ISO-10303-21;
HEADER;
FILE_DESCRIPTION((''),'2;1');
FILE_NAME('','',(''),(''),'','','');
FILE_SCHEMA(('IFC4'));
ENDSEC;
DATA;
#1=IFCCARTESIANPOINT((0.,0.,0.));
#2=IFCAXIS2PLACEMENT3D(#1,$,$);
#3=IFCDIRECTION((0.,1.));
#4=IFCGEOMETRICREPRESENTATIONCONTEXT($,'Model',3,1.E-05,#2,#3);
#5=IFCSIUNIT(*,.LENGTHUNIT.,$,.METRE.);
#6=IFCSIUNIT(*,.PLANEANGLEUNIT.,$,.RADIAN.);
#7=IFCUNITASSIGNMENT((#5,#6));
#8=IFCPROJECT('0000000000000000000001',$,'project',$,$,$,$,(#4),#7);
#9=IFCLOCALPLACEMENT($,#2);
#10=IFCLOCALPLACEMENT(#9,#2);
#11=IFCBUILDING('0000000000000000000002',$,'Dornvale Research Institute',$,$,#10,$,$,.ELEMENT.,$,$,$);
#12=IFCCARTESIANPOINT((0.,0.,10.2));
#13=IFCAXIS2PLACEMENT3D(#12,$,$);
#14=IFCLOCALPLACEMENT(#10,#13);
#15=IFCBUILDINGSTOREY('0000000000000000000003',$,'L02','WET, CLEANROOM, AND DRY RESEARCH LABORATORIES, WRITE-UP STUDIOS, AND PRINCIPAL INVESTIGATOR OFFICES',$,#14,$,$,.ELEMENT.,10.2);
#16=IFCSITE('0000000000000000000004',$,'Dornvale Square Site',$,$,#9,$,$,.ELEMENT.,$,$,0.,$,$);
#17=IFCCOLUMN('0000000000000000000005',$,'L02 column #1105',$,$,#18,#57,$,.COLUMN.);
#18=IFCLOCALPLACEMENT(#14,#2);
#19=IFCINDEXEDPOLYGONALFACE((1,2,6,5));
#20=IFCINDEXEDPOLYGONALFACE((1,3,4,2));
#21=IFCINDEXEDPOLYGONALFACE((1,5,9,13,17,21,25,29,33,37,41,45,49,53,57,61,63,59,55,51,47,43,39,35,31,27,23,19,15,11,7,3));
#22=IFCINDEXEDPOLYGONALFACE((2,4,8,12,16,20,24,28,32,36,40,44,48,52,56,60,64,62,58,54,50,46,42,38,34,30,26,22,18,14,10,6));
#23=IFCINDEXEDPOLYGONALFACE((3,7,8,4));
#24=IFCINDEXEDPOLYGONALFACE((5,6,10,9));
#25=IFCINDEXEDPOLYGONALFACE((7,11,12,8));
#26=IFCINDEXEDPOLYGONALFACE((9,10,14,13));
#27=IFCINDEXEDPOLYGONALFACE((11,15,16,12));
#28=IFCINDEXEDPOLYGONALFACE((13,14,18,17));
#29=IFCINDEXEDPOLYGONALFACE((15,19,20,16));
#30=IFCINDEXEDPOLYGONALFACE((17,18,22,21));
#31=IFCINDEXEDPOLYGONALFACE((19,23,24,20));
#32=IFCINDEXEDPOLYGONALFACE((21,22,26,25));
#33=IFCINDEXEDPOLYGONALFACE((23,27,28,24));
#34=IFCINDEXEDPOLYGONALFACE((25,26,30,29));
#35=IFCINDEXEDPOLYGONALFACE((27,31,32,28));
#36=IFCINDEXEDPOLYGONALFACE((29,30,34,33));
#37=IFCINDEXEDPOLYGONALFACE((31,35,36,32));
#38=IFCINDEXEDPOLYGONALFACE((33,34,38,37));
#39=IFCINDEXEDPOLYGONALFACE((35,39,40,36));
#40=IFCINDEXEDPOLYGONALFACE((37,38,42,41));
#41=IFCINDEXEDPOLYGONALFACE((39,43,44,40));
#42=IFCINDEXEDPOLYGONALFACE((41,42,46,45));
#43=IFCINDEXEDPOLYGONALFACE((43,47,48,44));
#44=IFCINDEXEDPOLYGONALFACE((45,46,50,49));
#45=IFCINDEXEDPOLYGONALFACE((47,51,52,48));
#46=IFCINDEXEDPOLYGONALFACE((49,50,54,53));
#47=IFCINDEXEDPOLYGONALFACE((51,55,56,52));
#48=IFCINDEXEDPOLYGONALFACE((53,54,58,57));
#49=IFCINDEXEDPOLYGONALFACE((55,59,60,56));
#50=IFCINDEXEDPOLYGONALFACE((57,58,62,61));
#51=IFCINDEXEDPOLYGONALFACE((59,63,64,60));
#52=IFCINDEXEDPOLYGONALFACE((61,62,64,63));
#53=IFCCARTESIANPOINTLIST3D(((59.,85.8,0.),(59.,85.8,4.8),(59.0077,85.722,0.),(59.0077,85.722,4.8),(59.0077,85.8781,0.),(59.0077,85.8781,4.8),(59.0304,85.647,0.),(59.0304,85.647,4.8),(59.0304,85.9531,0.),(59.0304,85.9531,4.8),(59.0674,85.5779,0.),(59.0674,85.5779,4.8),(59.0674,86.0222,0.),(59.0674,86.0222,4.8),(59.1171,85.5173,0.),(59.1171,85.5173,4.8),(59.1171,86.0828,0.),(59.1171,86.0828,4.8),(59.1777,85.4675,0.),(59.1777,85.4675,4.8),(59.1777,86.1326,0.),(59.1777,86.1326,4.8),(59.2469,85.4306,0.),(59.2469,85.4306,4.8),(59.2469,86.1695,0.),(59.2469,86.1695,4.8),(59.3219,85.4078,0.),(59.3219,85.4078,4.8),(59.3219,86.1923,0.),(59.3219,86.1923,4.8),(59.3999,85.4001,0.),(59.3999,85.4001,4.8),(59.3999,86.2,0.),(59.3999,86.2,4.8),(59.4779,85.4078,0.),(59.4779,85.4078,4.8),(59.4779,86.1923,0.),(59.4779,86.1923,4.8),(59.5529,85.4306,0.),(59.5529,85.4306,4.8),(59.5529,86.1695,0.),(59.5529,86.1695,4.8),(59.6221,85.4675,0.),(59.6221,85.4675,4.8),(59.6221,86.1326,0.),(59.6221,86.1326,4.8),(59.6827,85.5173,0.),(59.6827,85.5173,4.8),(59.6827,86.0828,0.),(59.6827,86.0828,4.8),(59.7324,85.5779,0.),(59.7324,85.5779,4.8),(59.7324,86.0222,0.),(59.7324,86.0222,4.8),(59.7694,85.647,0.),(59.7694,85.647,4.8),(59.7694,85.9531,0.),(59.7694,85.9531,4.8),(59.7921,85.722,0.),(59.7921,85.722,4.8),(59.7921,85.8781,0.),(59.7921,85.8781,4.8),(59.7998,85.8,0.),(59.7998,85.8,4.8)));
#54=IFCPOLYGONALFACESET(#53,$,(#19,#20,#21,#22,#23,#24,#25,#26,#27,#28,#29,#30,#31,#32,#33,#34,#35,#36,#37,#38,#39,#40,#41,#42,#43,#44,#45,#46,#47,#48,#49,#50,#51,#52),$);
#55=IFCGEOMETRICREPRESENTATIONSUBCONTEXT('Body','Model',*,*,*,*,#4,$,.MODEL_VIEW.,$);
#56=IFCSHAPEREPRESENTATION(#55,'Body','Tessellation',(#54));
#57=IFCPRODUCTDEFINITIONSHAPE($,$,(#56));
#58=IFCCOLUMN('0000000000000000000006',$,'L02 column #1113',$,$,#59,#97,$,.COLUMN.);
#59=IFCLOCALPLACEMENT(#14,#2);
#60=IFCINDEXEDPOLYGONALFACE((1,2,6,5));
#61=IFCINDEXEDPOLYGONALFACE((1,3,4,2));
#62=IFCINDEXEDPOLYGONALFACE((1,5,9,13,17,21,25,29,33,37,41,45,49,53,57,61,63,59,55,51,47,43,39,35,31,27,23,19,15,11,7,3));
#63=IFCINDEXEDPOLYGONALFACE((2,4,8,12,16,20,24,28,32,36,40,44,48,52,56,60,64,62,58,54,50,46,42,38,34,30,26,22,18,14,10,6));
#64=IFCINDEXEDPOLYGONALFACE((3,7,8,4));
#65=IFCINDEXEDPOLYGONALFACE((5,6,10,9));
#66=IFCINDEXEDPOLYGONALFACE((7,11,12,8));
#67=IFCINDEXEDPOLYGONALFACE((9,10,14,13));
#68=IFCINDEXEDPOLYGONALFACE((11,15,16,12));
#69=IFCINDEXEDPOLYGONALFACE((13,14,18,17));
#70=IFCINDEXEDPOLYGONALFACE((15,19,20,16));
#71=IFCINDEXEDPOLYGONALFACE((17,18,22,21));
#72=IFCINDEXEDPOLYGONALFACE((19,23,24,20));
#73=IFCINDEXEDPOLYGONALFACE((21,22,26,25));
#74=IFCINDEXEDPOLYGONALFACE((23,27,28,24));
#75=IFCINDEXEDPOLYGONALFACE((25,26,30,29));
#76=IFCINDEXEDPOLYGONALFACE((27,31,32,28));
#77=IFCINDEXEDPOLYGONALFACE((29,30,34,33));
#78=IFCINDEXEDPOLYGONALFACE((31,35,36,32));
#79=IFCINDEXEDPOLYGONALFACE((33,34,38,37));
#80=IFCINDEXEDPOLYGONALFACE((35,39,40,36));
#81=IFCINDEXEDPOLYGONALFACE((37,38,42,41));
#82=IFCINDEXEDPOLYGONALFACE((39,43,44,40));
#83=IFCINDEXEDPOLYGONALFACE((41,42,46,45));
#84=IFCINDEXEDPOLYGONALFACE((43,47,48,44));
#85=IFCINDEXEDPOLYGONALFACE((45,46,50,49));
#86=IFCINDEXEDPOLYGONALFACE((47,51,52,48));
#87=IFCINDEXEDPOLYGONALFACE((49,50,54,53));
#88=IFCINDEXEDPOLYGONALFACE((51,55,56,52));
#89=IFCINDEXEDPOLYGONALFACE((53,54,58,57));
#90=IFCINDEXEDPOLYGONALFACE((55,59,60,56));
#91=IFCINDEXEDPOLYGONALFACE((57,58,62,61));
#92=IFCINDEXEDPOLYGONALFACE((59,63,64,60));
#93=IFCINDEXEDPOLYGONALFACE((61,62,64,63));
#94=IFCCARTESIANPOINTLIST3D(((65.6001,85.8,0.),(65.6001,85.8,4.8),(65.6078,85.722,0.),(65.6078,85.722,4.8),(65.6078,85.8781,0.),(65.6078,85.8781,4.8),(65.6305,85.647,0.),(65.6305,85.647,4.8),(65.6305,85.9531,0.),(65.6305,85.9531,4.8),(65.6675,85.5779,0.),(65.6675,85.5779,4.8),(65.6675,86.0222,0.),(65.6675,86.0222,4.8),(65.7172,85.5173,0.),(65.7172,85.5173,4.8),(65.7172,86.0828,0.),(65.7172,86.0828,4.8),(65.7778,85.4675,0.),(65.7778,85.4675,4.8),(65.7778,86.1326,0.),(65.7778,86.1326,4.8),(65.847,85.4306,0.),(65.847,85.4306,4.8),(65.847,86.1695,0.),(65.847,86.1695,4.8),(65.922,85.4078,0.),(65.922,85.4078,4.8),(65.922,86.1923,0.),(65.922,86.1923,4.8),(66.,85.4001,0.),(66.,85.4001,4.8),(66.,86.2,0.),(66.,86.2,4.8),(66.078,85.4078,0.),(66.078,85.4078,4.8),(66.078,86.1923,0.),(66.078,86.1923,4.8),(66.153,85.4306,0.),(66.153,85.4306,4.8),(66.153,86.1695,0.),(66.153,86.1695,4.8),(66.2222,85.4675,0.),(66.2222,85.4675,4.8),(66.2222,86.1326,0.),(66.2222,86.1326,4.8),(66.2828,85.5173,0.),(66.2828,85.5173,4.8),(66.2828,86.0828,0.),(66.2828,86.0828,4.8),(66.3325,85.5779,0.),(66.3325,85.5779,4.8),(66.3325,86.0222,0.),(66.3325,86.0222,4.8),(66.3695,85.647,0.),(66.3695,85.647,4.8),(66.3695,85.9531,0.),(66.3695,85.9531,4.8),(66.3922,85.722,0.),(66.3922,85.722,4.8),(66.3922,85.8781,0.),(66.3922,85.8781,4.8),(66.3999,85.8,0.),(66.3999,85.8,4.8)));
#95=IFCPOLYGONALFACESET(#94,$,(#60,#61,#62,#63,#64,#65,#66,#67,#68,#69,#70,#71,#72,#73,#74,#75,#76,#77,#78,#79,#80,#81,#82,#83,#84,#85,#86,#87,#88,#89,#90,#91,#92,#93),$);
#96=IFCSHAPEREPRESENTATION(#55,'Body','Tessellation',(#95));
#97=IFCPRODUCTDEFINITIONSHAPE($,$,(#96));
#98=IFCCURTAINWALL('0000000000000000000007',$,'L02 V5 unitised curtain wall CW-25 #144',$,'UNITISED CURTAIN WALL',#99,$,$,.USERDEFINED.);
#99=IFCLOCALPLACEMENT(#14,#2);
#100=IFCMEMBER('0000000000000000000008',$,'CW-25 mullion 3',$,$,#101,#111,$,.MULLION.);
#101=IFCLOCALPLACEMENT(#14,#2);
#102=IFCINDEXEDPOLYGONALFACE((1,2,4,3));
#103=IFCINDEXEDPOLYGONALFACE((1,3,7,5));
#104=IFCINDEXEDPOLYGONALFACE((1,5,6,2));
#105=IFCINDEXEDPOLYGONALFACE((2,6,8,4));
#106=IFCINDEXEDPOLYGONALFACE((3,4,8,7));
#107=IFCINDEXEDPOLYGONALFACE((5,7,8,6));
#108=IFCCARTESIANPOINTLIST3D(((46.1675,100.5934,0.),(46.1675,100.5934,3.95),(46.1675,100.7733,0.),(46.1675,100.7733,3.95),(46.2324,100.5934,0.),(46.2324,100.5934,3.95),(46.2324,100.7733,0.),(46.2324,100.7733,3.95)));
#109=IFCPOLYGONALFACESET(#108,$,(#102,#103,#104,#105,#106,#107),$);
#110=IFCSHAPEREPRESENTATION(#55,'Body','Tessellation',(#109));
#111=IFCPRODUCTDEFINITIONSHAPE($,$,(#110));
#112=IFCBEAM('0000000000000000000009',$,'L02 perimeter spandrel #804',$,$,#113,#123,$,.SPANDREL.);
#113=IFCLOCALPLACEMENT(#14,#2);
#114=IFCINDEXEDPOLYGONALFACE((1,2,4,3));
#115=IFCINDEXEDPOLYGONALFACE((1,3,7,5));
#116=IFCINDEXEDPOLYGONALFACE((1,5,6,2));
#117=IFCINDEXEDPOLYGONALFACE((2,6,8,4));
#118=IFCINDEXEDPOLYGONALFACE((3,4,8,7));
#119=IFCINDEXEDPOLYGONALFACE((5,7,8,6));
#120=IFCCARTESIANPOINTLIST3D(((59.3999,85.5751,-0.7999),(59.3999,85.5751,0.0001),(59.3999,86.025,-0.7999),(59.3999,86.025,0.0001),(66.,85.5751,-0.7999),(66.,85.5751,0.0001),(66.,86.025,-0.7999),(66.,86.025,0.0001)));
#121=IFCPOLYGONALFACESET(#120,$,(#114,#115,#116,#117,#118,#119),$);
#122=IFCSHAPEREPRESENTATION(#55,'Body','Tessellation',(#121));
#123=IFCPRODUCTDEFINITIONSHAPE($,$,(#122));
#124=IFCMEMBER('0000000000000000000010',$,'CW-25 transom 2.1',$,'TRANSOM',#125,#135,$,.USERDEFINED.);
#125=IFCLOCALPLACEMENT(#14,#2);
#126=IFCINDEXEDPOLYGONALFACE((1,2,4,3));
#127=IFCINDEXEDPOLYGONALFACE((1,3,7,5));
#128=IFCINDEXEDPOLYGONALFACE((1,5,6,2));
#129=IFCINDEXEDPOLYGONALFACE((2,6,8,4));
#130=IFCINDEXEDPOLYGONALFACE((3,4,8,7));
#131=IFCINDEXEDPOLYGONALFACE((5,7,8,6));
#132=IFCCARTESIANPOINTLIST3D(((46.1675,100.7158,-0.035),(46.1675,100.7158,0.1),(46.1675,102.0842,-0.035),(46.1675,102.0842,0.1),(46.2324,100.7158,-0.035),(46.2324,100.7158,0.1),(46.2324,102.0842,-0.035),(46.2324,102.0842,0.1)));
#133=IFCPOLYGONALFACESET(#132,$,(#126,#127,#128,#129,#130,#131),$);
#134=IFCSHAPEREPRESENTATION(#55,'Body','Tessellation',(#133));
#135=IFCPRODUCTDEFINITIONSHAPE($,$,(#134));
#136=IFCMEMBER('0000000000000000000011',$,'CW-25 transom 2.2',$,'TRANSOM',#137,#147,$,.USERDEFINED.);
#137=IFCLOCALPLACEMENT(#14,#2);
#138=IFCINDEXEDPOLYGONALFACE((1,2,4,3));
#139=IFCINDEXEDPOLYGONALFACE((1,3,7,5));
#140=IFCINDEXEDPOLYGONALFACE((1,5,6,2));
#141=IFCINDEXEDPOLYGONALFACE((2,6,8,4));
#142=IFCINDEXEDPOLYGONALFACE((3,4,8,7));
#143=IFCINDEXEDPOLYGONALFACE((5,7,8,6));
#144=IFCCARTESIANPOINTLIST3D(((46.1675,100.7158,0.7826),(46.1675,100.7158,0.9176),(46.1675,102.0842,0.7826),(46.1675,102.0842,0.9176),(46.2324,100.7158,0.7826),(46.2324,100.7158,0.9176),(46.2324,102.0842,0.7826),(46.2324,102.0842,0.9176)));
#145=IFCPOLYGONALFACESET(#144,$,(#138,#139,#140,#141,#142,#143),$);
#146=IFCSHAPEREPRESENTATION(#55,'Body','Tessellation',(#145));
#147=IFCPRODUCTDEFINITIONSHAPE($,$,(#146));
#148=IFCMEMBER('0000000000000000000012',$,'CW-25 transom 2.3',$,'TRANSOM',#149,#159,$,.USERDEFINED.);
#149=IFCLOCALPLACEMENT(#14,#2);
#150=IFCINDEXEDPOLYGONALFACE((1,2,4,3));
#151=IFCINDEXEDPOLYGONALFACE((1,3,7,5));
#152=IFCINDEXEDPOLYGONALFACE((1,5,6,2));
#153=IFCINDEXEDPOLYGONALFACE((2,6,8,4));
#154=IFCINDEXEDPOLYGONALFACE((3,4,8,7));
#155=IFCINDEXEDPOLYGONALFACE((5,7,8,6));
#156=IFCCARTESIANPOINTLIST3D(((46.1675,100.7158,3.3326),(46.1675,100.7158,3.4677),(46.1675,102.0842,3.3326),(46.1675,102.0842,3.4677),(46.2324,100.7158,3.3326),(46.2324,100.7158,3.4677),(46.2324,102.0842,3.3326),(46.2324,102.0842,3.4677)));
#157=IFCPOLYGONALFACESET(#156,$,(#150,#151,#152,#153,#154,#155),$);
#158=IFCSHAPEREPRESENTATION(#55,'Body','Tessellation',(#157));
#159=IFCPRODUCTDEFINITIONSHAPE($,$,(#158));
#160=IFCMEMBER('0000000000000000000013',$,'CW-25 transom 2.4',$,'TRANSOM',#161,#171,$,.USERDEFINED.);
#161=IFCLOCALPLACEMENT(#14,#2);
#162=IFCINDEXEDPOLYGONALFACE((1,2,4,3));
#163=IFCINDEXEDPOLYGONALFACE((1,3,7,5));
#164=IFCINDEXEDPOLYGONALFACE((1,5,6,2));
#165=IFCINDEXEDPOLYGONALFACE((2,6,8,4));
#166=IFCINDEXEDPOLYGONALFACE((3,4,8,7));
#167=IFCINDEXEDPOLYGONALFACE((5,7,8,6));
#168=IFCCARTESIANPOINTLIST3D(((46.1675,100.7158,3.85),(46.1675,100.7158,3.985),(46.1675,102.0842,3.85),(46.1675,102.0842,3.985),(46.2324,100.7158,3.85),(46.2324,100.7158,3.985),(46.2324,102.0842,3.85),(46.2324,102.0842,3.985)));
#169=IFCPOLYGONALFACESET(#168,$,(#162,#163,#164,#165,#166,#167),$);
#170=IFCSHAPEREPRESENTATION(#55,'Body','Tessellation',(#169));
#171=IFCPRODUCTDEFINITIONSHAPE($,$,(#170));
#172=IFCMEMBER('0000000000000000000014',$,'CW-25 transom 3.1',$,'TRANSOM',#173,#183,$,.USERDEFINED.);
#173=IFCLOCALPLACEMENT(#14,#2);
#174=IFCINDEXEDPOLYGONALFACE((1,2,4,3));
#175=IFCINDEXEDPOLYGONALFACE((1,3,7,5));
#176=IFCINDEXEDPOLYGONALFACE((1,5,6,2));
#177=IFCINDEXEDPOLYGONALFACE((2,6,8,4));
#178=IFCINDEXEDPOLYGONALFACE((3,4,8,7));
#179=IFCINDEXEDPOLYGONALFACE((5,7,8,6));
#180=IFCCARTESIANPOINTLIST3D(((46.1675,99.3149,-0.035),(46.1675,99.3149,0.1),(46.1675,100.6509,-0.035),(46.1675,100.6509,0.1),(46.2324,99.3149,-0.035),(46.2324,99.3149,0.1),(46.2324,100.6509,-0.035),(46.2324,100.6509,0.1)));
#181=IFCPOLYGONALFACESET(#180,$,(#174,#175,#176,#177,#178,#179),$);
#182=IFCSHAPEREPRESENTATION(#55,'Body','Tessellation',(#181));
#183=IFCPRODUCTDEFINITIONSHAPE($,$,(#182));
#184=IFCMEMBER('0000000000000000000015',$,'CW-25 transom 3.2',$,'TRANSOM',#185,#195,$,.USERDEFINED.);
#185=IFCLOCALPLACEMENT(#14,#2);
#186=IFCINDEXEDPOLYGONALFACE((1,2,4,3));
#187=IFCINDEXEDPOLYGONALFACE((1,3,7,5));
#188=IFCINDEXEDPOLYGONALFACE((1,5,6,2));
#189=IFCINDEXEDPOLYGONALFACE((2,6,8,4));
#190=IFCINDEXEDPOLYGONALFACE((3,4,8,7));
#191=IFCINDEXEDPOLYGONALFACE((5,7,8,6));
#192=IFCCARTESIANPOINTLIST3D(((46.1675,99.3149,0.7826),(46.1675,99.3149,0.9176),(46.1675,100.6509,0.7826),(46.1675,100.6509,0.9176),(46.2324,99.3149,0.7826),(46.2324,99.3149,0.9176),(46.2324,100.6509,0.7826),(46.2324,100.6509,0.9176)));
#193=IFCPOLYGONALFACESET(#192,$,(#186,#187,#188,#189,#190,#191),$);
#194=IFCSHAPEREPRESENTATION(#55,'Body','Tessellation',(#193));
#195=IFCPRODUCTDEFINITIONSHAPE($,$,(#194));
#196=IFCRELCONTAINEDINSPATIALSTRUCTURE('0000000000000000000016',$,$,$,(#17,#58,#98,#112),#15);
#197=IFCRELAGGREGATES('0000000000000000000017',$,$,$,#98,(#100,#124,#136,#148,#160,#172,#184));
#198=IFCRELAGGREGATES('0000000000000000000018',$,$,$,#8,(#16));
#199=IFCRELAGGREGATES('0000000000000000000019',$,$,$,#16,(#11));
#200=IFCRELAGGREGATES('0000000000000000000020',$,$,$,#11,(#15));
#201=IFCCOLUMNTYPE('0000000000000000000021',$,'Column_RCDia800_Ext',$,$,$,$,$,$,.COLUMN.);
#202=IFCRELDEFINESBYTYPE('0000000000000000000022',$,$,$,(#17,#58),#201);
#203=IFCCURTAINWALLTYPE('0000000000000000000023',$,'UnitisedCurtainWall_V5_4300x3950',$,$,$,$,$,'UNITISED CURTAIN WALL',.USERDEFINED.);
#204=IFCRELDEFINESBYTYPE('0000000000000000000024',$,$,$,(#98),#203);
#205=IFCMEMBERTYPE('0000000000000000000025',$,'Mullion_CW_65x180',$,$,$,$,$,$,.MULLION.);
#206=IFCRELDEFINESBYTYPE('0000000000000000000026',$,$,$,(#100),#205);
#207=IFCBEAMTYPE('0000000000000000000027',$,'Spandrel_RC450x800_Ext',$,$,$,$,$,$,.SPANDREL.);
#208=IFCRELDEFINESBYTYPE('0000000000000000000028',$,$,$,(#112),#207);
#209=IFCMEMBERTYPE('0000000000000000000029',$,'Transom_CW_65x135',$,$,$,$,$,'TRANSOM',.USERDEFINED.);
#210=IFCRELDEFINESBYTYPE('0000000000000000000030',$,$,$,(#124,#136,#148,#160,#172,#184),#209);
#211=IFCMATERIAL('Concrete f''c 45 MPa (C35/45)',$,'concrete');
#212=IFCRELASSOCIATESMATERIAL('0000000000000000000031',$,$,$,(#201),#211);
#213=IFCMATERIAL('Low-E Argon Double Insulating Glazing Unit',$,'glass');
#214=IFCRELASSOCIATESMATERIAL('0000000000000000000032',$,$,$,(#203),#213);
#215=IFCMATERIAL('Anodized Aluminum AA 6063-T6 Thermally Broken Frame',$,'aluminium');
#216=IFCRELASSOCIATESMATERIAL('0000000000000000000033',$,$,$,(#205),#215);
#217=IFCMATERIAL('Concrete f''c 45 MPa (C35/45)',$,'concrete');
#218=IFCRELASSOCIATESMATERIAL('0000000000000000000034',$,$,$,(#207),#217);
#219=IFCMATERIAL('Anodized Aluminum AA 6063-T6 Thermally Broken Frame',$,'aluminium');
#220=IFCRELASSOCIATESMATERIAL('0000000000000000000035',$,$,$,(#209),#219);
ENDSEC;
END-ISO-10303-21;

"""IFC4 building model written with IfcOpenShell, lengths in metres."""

from ifc_helpers import new_model, si_unit, direction, frame, origin, origin_2d, place, context, subcontext, project, spatial, rectangle, circle, extrude, material, material_profile, profile_set, type_object, element, aggregate, save


model = new_model("IFC4")

# Units and contexts
model_context = context("Model", 3, precision=1e-05, world=origin(), true_north=direction((0.0, 1.0)))
body_context = subcontext(model_context, "Body", "Model", "MODEL_VIEW")
ifc_project = project(units=[si_unit("LENGTHUNIT", "METRE"), si_unit("PLANEANGLEUNIT", "RADIAN")], contexts=[model_context])

# Site, building, storey
site_placement = place(None, origin())
site = spatial("IfcSite", under=ifc_project, at=site_placement, Name="Dornvale Square Site", CompositionType="ELEMENT", RefElevation=0.0)
building_placement = place(site_placement, origin())
building = spatial("IfcBuilding", under=site, at=building_placement, Name="Dornvale Research Institute", CompositionType="ELEMENT")
storey_placement = place(building_placement, frame((0.0, 0.0, 10.2)))
storey = spatial("IfcBuildingStorey", under=building, at=storey_placement, Name="L02", Description="WET, CLEANROOM, AND DRY RESEARCH LABORATORIES, WRITE-UP STUDIOS, AND PRINCIPAL INVESTIGATOR OFFICES", CompositionType="ELEMENT", Elevation=10.2)

# Columns
ifc_material_1 = material(Name="Concrete f'c 45 MPa (C35/45)", Category="concrete")
ifc_material_profile_1 = material_profile(ifc_material_1, circle(Radius=0.3999, at=origin_2d()), Name="RC DIA 800")
ifc_profile_set_1 = profile_set([ifc_material_profile_1], Name="Concrete f'c 45 MPa (C35/45)")
column_type = type_object("IfcColumnType", Name="Column_RCDia800_Ext", PredefinedType="COLUMN", material=ifc_profile_set_1)
for number, where, z_axis, x_axis, name in (
    (1, (59.3999, 85.8, 0.0), (0.0, 0.0, 1.0), (1.0, 0.0, 0.0), "L02 column #1105"),
    (2, (66.0, 85.8, 0.0), (0.0, 0.0, 1.0), (1.0, 0.0, 0.0), "L02 column #1113"),
):
    element("IfcColumn", number, at=place(storey_placement, frame(where, z_axis=z_axis, x_axis=x_axis)), inside=storey, type_object=column_type, Name=name, PredefinedType="COLUMN", context=body_context, shape_type="SweptSolid", body=[
        extrude(circle(Radius=0.3999, at=origin_2d()), origin(), (0.0, 0.0, 1.0), 4.8),
    ])

# Curtain wall, member
ifc_material_2 = material(Name="Low-E Argon Double Insulating Glazing Unit", Category="glass")
curtain_wall_type = type_object("IfcCurtainWallType", Name="UnitisedCurtainWall_V5_4300x3950", ElementType="UNITISED CURTAIN WALL", PredefinedType="USERDEFINED", material=ifc_material_2)
curtain_wall_placement = place(storey_placement, origin())
curtain_wall = element("IfcCurtainWall", 3, at=curtain_wall_placement, inside=storey, type_object=curtain_wall_type, Name="L02 V5 unitised curtain wall CW-25 #144", ObjectType="UNITISED CURTAIN WALL", PredefinedType="USERDEFINED")
ifc_material_3 = material(Name="Anodized Aluminum AA 6063-T6 Thermally Broken Frame", Category="aluminium")
ifc_material_profile_2 = material_profile(ifc_material_3, rectangle(XDim=0.0649, YDim=0.1799, at=origin_2d()), Name="ALU MULLION 65x180")
ifc_profile_set_2 = profile_set([ifc_material_profile_2], Name="Anodized Aluminum AA 6063-T6 Thermally Broken Frame")
member_type_1 = type_object("IfcMemberType", Name="Mullion_CW_65x180", PredefinedType="MULLION", material=ifc_profile_set_2)
member_1_placement = place(storey_placement, frame((46.2, 100.6833, 0.0), z_axis=(0.0, 0.0, 1.0), x_axis=(1.0, 0.0, 0.0)))
member_1 = element("IfcMember", 4, at=member_1_placement, type_object=member_type_1, Name="CW-25 mullion 3", PredefinedType="MULLION", context=body_context, shape_type="SweptSolid", body=[
    extrude(rectangle(XDim=0.0649, YDim=0.1799, at=origin_2d()), origin(), (0.0, 0.0, 1.0), 3.95),
])

# Beam
ifc_material_4 = material(Name="Concrete f'c 45 MPa (C35/45)", Category="concrete")
ifc_material_profile_3 = material_profile(ifc_material_4, rectangle(XDim=0.45, YDim=0.8, at=origin_2d()), Name="RC 450x800")
ifc_profile_set_3 = profile_set([ifc_material_profile_3], Name="Concrete f'c 45 MPa (C35/45)")
beam_type = type_object("IfcBeamType", Name="Spandrel_RC450x800_Ext", PredefinedType="SPANDREL", material=ifc_profile_set_3)
beam_placement = place(storey_placement, frame((59.3999, 85.8, -0.3999), z_axis=(1.0, 0.0, 0.0), x_axis=(0.0, 1.0, 0.0)))
element("IfcBeam", 5, at=beam_placement, inside=storey, type_object=beam_type, Name="L02 perimeter spandrel #804", PredefinedType="SPANDREL", context=body_context, shape_type="SweptSolid", body=[
    extrude(rectangle(XDim=0.45, YDim=0.8, at=origin_2d()), origin(), (0.0, 0.0, 1.0), 6.6001),
])

# Members
ifc_material_5 = material(Name="Anodized Aluminum AA 6063-T6 Thermally Broken Frame", Category="aluminium")
ifc_material_profile_4 = material_profile(ifc_material_5, rectangle(XDim=0.0649, YDim=0.135, at=origin_2d()), Name="ALU TRANSOM 65x135")
ifc_profile_set_4 = profile_set([ifc_material_profile_4], Name="Anodized Aluminum AA 6063-T6 Thermally Broken Frame")
member_type_2 = type_object("IfcMemberType", Name="Transom_CW_65x135", ElementType="TRANSOM", PredefinedType="USERDEFINED", material=ifc_profile_set_4)
member_2_placement = place(storey_placement, frame((46.2, 102.0842, 0.0325), z_axis=(0.0, -1.0, 0.0), x_axis=(1.0, 0.0, 0.0)))
member_2 = element("IfcMember", 6, at=member_2_placement, type_object=member_type_2, Name="CW-25 transom 2.1", ObjectType="TRANSOM", PredefinedType="USERDEFINED", context=body_context, shape_type="SweptSolid", body=[
    extrude(rectangle(XDim=0.0649, YDim=0.135, at=origin_2d()), origin(), (0.0, 0.0, 1.0), 1.3684),
])
member_3_placement = place(storey_placement, frame((46.2, 102.0842, 0.8501), z_axis=(0.0, -1.0, 0.0), x_axis=(1.0, 0.0, 0.0)))
member_3 = element("IfcMember", 7, at=member_3_placement, type_object=member_type_2, Name="CW-25 transom 2.2", ObjectType="TRANSOM", PredefinedType="USERDEFINED", context=body_context, shape_type="SweptSolid", body=[
    extrude(rectangle(XDim=0.0649, YDim=0.135, at=origin_2d()), origin(), (0.0, 0.0, 1.0), 1.3684),
])
member_4_placement = place(storey_placement, frame((46.2, 102.0842, 3.4001), z_axis=(0.0, -1.0, 0.0), x_axis=(1.0, 0.0, 0.0)))
member_4 = element("IfcMember", 8, at=member_4_placement, type_object=member_type_2, Name="CW-25 transom 2.3", ObjectType="TRANSOM", PredefinedType="USERDEFINED", context=body_context, shape_type="SweptSolid", body=[
    extrude(rectangle(XDim=0.0649, YDim=0.135, at=origin_2d()), origin(), (0.0, 0.0, 1.0), 1.3684),
])
member_5_placement = place(storey_placement, frame((46.2, 102.0842, 3.9175), z_axis=(0.0, -1.0, 0.0), x_axis=(1.0, 0.0, 0.0)))
member_5 = element("IfcMember", 9, at=member_5_placement, type_object=member_type_2, Name="CW-25 transom 2.4", ObjectType="TRANSOM", PredefinedType="USERDEFINED", context=body_context, shape_type="SweptSolid", body=[
    extrude(rectangle(XDim=0.0649, YDim=0.135, at=origin_2d()), origin(), (0.0, 0.0, 1.0), 1.3684),
])
member_6_placement = place(storey_placement, frame((46.2, 100.6509, 0.0325), z_axis=(0.0, -1.0, 0.0), x_axis=(1.0, 0.0, 0.0)))
member_6 = element("IfcMember", 10, at=member_6_placement, type_object=member_type_2, Name="CW-25 transom 3.1", ObjectType="TRANSOM", PredefinedType="USERDEFINED", context=body_context, shape_type="SweptSolid", body=[
    extrude(rectangle(XDim=0.0649, YDim=0.135, at=origin_2d()), origin(), (0.0, 0.0, 1.0), 1.3359),
])
member_7_placement = place(storey_placement, frame((46.2, 100.6509, 0.8501), z_axis=(0.0, -1.0, 0.0), x_axis=(1.0, 0.0, 0.0)))
member_7 = element("IfcMember", 11, at=member_7_placement, type_object=member_type_2, Name="CW-25 transom 3.2", ObjectType="TRANSOM", PredefinedType="USERDEFINED", context=body_context, shape_type="SweptSolid", body=[
    extrude(rectangle(XDim=0.0649, YDim=0.135, at=origin_2d()), origin(), (0.0, 0.0, 1.0), 1.3359),
])

aggregate(curtain_wall, [member_1, member_2, member_3, member_4, member_5, member_6, member_7])

save(model, "model.ifc")
